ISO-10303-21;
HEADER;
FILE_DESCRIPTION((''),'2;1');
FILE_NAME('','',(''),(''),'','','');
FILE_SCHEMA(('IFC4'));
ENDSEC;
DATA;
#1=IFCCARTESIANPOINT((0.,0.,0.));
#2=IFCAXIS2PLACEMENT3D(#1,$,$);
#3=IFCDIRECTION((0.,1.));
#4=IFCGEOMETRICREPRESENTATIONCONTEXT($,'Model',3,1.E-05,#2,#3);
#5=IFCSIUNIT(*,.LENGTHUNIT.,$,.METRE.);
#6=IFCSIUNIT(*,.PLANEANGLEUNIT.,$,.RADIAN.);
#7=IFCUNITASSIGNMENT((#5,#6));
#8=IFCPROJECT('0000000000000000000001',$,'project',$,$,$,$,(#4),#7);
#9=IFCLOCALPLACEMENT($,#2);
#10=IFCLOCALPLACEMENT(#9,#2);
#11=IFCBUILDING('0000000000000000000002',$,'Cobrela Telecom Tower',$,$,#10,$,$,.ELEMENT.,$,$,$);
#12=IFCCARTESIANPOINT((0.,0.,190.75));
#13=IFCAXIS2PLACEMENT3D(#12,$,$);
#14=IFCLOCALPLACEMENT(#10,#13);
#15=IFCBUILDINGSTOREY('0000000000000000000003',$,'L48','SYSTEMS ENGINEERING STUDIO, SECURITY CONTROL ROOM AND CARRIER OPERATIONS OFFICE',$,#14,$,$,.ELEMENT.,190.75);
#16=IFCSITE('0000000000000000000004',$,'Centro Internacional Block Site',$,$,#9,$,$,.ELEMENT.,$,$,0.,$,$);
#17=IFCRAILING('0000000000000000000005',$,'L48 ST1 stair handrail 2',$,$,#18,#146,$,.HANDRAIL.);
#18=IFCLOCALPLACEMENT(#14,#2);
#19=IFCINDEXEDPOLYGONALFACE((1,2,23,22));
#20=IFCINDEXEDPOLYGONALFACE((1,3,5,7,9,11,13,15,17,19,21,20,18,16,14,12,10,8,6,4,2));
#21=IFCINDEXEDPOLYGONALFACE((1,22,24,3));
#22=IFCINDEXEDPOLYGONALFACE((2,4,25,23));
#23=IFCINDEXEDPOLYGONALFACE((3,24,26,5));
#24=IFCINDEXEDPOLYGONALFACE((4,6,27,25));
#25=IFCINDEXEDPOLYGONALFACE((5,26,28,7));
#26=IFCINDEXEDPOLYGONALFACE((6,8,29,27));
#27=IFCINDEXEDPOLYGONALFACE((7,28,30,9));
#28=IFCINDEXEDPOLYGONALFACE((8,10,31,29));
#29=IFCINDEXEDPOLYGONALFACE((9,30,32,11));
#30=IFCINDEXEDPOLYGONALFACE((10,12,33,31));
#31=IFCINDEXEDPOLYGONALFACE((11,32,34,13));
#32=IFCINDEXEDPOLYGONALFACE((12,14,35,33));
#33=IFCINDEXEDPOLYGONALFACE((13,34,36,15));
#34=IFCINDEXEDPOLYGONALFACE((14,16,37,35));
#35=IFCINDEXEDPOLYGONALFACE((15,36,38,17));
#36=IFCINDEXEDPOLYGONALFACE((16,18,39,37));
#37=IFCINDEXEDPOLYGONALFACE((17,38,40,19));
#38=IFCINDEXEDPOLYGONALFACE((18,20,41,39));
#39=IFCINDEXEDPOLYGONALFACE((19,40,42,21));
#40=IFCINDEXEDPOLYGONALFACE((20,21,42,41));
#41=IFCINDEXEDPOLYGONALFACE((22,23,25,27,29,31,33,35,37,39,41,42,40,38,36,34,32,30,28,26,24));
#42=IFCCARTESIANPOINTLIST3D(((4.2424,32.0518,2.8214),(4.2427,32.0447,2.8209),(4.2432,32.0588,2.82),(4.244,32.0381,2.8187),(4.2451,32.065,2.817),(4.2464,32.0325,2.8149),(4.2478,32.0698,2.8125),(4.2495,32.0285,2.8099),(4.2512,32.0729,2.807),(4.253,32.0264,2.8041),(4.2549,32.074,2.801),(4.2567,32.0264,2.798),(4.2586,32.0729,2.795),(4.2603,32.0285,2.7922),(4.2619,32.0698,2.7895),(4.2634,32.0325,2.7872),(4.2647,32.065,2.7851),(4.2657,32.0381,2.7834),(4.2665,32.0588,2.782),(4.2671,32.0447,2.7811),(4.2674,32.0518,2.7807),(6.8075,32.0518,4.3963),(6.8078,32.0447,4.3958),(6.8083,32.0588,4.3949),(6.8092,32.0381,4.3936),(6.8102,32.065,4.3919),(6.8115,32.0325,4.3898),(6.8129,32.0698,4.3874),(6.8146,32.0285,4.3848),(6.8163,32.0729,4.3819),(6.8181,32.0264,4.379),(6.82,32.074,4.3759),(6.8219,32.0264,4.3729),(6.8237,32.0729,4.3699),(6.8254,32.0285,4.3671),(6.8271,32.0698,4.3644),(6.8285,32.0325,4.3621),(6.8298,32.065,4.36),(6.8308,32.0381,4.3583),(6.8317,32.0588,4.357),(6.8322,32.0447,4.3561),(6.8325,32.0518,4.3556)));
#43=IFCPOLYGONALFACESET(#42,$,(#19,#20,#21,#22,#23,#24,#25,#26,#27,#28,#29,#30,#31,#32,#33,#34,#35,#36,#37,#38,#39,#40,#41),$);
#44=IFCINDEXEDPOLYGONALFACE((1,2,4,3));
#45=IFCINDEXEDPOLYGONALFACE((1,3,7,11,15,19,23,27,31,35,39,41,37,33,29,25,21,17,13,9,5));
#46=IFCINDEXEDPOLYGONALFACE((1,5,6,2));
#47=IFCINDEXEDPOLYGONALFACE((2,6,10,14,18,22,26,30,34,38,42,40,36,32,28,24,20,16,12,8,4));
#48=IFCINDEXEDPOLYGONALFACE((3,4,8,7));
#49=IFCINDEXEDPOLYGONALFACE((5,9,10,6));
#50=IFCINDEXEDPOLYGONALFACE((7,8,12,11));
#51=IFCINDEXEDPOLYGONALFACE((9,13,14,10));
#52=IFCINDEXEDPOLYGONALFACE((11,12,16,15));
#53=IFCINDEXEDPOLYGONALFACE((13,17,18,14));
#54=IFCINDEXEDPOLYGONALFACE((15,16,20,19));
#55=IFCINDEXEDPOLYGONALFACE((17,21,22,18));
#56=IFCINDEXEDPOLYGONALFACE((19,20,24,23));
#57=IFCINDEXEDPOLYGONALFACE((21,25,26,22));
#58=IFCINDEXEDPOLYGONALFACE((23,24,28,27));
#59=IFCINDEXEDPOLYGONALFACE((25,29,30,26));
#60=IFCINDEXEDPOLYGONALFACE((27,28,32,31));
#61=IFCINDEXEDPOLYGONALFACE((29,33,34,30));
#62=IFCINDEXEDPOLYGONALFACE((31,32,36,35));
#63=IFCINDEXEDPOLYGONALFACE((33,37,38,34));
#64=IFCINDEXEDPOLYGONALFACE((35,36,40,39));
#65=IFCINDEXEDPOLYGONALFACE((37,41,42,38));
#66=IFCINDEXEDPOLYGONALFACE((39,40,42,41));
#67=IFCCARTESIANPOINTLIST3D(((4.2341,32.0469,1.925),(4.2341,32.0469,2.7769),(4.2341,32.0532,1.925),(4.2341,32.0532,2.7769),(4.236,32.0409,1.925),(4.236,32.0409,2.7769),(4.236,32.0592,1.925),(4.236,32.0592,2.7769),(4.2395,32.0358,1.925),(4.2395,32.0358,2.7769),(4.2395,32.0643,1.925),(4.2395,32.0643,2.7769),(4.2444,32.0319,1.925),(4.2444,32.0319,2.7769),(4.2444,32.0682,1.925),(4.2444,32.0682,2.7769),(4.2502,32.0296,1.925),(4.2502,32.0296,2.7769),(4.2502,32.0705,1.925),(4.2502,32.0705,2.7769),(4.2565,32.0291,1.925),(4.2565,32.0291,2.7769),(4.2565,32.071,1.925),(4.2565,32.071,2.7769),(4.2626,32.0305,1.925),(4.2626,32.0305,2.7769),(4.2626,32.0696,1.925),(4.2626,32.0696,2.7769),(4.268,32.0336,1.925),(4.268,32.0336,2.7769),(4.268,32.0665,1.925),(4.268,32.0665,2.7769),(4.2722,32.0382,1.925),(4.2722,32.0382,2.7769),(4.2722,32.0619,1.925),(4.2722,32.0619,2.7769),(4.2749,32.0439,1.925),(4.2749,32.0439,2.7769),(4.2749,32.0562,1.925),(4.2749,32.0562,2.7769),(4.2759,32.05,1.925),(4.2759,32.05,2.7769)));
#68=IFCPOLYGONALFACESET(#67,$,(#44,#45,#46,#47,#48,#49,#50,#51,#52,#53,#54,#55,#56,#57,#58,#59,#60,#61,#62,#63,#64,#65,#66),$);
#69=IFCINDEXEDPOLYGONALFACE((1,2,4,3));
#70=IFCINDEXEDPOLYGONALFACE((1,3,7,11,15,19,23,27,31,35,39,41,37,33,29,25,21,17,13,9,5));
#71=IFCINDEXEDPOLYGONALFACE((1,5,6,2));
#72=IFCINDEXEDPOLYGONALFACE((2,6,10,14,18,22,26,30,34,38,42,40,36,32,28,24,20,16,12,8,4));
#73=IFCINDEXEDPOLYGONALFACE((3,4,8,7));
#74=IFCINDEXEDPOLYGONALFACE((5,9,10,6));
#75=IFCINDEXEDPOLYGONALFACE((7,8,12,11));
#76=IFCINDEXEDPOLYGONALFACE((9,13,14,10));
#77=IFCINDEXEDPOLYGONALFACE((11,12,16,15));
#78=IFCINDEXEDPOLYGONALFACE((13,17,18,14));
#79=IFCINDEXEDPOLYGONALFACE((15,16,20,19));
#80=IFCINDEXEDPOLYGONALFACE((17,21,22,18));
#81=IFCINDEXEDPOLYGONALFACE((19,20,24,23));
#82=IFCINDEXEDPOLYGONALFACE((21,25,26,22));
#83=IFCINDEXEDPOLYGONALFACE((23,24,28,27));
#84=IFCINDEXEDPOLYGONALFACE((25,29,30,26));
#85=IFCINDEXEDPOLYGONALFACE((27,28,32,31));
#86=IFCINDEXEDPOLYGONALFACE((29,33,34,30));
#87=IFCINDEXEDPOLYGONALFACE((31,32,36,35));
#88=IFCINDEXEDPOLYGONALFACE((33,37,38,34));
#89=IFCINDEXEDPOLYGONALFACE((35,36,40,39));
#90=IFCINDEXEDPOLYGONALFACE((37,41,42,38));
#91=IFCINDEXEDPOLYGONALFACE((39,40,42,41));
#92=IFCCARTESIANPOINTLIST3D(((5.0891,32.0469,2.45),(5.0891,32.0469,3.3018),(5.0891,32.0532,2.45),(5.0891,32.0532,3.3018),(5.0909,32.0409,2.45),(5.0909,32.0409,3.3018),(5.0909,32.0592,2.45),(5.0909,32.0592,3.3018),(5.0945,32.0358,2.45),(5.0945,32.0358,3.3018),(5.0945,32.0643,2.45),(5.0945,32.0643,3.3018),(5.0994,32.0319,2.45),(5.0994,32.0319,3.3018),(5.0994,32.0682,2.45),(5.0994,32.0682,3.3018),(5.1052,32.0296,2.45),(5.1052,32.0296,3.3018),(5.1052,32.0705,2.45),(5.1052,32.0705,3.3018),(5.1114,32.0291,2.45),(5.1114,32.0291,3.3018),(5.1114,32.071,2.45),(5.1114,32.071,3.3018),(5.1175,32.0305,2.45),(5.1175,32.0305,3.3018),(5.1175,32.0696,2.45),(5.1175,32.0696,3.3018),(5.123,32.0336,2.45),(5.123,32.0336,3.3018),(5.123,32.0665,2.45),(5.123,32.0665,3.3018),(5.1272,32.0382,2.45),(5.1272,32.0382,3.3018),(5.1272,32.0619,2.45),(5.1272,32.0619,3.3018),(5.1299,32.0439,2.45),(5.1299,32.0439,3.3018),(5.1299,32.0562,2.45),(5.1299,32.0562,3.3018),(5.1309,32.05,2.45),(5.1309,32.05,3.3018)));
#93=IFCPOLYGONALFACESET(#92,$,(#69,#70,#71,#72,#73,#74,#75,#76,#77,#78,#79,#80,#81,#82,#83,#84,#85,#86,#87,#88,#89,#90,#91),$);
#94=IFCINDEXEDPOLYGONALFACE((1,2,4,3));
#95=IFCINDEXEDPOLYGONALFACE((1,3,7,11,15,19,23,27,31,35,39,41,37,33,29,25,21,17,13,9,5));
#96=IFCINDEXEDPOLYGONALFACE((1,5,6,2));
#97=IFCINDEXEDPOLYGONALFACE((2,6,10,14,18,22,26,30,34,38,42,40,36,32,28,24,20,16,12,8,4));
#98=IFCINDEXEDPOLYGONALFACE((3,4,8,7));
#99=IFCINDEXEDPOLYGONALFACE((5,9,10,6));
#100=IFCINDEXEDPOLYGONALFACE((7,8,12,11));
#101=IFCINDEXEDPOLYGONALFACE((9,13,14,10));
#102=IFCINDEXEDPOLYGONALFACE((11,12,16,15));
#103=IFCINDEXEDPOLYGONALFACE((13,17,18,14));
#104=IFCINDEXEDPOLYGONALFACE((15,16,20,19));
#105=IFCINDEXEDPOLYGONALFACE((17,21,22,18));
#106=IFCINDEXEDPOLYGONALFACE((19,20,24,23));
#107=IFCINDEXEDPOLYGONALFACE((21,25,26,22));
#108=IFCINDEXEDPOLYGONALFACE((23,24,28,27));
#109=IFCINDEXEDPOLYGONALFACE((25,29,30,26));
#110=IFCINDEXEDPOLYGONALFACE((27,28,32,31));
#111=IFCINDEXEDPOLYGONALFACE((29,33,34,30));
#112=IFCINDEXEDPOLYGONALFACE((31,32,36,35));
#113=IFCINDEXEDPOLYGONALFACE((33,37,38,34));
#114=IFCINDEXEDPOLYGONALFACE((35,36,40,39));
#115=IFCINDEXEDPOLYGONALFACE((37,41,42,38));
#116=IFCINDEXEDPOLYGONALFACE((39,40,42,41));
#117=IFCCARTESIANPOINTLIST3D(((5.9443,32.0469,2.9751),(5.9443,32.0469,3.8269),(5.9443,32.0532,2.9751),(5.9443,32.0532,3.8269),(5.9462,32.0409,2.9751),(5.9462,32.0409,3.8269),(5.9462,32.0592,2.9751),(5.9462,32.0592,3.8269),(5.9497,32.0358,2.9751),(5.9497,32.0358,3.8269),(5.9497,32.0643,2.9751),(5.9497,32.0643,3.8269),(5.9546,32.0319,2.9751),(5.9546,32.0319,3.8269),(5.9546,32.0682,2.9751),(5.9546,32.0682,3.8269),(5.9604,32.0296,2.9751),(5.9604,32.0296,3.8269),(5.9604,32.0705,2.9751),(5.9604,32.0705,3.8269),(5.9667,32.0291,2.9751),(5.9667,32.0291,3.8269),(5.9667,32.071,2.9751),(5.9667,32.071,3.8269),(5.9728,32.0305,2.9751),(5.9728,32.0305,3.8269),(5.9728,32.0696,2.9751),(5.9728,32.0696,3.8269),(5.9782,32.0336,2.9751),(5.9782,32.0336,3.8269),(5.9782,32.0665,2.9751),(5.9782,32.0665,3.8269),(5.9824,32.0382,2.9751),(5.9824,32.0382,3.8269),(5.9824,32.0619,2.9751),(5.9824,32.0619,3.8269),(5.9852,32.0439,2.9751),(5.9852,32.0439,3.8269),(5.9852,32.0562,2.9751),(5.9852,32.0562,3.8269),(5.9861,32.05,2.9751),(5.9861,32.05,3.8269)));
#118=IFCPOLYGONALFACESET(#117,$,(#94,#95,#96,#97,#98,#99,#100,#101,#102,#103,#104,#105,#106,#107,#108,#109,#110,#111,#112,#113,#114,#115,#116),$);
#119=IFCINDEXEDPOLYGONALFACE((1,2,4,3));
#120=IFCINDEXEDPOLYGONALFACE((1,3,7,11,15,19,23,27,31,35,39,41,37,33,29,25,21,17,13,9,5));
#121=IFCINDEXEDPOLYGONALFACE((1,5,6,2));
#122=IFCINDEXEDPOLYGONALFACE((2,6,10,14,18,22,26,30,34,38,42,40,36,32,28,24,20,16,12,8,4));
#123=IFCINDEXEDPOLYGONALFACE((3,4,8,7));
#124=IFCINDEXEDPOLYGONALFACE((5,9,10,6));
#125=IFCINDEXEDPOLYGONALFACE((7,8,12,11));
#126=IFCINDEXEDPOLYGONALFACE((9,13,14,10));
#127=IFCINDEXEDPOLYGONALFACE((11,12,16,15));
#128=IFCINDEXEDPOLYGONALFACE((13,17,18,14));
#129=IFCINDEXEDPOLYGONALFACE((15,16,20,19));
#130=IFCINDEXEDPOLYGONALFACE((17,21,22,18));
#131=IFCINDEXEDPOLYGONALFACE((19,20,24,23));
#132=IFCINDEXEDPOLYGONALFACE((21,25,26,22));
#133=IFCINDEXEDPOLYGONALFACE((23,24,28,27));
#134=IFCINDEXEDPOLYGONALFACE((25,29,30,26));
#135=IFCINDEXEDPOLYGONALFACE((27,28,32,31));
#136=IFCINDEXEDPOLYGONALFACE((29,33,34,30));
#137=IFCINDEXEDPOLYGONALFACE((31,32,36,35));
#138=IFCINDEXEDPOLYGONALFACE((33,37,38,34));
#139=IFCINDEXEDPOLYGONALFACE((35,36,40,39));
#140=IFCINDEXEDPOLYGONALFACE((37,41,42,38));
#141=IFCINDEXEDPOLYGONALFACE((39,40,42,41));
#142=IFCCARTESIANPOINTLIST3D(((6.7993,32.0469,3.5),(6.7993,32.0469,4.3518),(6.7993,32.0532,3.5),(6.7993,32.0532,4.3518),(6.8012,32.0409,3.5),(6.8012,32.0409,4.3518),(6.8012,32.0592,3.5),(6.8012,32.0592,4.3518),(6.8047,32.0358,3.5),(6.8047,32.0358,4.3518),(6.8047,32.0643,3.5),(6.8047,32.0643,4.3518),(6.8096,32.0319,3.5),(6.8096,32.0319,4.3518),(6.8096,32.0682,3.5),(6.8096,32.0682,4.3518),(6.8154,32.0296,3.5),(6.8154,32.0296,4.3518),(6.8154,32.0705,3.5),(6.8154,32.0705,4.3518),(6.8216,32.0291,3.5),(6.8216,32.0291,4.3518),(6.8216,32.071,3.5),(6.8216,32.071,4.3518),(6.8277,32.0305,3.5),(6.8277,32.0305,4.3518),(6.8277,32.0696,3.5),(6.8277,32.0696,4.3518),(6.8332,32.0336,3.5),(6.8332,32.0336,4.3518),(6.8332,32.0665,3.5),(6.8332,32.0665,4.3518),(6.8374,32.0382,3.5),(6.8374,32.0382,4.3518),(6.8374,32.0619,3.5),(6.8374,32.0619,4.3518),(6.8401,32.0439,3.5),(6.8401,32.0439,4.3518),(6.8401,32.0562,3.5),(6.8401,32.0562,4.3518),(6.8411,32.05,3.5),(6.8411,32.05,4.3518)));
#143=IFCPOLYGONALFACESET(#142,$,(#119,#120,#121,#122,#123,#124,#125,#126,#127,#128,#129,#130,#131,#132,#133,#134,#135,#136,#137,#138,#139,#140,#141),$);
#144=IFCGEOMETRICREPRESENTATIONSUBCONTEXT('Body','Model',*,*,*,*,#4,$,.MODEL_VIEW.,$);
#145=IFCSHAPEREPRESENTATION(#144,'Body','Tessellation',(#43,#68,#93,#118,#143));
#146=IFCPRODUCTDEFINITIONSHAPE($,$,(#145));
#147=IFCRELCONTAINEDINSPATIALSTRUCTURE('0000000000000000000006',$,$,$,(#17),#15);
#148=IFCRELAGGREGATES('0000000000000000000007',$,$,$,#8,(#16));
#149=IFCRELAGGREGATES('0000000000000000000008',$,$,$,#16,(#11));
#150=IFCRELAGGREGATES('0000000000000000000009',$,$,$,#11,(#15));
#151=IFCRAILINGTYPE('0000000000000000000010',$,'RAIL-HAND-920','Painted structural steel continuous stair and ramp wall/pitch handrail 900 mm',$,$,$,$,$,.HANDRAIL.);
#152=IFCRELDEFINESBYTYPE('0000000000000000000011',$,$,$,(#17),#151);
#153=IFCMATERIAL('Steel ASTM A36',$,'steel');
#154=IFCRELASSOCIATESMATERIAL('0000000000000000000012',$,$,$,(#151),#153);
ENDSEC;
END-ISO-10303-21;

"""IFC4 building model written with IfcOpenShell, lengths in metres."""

from ifc_helpers import new_model, si_unit, direction, frame, origin, origin_2d, place, context, subcontext, project, spatial, circle, extrude, material, type_object, element, save


model = new_model("IFC4")

# Units and contexts
model_context = context("Model", 3, precision=1e-05, world=origin(), true_north=direction((0.0, 1.0)))
body_context = subcontext(model_context, "Body", "Model", "MODEL_VIEW")
ifc_project = project(units=[si_unit("LENGTHUNIT", "METRE"), si_unit("PLANEANGLEUNIT", "RADIAN")], contexts=[model_context])

# Site, building, storey
site_placement = place(None, origin())
site = spatial("IfcSite", under=ifc_project, at=site_placement, Name="Centro Internacional Block Site", CompositionType="ELEMENT", RefElevation=0.0)
building_placement = place(site_placement, origin())
building = spatial("IfcBuilding", under=site, at=building_placement, Name="Cobrela Telecom Tower", CompositionType="ELEMENT")
storey_placement = place(building_placement, frame((0.0, 0.0, 190.75)))
storey = spatial("IfcBuildingStorey", under=building, at=storey_placement, Name="L48", Description="SYSTEMS ENGINEERING STUDIO, SECURITY CONTROL ROOM AND CARRIER OPERATIONS OFFICE", CompositionType="ELEMENT", Elevation=190.75)

# Shared definitions
ifc_material_1 = material(Name="Steel ASTM A36", Category="steel")

# Railing
railing_type_1 = type_object("IfcRailingType", Name="RAIL-HAND-920", Description="Painted structural steel continuous stair and ramp wall/pitch handrail 900 mm", PredefinedType="HANDRAIL", material=ifc_material_1)
railing_1_placement = place(storey_placement, frame((4.2549, 32.05, 1.925)))
element("IfcRailing", 1, at=railing_1_placement, inside=storey, type_object=railing_type_1, Name="L48 ST1 stair handrail 2", PredefinedType="HANDRAIL", context=body_context, shape_type="SweptSolid", body=[
    extrude(circle(Radius=0.0239, at=origin_2d()), frame((0.0, 0.0, 0.876), z_axis=(0.852195, 0.0, 0.523224), x_axis=(0.0, 1.0, 0.0)), (0.0, 0.0, 1.0), 3.01),
    extrude(circle(Radius=0.021, at=origin_2d()), origin(), (0.0, 0.0, 1.0), 0.8518),
    extrude(circle(Radius=0.021, at=origin_2d()), frame((0.855, 0.0, 0.5249)), (0.0, 0.0, 1.0), 0.8518),
    extrude(circle(Radius=0.021, at=origin_2d()), frame((1.7102, 0.0, 1.05)), (0.0, 0.0, 1.0), 0.8518),
    extrude(circle(Radius=0.021, at=origin_2d()), frame((2.5652, 0.0, 1.575)), (0.0, 0.0, 1.0), 0.8518),
])

save(model, "model.ifc")
